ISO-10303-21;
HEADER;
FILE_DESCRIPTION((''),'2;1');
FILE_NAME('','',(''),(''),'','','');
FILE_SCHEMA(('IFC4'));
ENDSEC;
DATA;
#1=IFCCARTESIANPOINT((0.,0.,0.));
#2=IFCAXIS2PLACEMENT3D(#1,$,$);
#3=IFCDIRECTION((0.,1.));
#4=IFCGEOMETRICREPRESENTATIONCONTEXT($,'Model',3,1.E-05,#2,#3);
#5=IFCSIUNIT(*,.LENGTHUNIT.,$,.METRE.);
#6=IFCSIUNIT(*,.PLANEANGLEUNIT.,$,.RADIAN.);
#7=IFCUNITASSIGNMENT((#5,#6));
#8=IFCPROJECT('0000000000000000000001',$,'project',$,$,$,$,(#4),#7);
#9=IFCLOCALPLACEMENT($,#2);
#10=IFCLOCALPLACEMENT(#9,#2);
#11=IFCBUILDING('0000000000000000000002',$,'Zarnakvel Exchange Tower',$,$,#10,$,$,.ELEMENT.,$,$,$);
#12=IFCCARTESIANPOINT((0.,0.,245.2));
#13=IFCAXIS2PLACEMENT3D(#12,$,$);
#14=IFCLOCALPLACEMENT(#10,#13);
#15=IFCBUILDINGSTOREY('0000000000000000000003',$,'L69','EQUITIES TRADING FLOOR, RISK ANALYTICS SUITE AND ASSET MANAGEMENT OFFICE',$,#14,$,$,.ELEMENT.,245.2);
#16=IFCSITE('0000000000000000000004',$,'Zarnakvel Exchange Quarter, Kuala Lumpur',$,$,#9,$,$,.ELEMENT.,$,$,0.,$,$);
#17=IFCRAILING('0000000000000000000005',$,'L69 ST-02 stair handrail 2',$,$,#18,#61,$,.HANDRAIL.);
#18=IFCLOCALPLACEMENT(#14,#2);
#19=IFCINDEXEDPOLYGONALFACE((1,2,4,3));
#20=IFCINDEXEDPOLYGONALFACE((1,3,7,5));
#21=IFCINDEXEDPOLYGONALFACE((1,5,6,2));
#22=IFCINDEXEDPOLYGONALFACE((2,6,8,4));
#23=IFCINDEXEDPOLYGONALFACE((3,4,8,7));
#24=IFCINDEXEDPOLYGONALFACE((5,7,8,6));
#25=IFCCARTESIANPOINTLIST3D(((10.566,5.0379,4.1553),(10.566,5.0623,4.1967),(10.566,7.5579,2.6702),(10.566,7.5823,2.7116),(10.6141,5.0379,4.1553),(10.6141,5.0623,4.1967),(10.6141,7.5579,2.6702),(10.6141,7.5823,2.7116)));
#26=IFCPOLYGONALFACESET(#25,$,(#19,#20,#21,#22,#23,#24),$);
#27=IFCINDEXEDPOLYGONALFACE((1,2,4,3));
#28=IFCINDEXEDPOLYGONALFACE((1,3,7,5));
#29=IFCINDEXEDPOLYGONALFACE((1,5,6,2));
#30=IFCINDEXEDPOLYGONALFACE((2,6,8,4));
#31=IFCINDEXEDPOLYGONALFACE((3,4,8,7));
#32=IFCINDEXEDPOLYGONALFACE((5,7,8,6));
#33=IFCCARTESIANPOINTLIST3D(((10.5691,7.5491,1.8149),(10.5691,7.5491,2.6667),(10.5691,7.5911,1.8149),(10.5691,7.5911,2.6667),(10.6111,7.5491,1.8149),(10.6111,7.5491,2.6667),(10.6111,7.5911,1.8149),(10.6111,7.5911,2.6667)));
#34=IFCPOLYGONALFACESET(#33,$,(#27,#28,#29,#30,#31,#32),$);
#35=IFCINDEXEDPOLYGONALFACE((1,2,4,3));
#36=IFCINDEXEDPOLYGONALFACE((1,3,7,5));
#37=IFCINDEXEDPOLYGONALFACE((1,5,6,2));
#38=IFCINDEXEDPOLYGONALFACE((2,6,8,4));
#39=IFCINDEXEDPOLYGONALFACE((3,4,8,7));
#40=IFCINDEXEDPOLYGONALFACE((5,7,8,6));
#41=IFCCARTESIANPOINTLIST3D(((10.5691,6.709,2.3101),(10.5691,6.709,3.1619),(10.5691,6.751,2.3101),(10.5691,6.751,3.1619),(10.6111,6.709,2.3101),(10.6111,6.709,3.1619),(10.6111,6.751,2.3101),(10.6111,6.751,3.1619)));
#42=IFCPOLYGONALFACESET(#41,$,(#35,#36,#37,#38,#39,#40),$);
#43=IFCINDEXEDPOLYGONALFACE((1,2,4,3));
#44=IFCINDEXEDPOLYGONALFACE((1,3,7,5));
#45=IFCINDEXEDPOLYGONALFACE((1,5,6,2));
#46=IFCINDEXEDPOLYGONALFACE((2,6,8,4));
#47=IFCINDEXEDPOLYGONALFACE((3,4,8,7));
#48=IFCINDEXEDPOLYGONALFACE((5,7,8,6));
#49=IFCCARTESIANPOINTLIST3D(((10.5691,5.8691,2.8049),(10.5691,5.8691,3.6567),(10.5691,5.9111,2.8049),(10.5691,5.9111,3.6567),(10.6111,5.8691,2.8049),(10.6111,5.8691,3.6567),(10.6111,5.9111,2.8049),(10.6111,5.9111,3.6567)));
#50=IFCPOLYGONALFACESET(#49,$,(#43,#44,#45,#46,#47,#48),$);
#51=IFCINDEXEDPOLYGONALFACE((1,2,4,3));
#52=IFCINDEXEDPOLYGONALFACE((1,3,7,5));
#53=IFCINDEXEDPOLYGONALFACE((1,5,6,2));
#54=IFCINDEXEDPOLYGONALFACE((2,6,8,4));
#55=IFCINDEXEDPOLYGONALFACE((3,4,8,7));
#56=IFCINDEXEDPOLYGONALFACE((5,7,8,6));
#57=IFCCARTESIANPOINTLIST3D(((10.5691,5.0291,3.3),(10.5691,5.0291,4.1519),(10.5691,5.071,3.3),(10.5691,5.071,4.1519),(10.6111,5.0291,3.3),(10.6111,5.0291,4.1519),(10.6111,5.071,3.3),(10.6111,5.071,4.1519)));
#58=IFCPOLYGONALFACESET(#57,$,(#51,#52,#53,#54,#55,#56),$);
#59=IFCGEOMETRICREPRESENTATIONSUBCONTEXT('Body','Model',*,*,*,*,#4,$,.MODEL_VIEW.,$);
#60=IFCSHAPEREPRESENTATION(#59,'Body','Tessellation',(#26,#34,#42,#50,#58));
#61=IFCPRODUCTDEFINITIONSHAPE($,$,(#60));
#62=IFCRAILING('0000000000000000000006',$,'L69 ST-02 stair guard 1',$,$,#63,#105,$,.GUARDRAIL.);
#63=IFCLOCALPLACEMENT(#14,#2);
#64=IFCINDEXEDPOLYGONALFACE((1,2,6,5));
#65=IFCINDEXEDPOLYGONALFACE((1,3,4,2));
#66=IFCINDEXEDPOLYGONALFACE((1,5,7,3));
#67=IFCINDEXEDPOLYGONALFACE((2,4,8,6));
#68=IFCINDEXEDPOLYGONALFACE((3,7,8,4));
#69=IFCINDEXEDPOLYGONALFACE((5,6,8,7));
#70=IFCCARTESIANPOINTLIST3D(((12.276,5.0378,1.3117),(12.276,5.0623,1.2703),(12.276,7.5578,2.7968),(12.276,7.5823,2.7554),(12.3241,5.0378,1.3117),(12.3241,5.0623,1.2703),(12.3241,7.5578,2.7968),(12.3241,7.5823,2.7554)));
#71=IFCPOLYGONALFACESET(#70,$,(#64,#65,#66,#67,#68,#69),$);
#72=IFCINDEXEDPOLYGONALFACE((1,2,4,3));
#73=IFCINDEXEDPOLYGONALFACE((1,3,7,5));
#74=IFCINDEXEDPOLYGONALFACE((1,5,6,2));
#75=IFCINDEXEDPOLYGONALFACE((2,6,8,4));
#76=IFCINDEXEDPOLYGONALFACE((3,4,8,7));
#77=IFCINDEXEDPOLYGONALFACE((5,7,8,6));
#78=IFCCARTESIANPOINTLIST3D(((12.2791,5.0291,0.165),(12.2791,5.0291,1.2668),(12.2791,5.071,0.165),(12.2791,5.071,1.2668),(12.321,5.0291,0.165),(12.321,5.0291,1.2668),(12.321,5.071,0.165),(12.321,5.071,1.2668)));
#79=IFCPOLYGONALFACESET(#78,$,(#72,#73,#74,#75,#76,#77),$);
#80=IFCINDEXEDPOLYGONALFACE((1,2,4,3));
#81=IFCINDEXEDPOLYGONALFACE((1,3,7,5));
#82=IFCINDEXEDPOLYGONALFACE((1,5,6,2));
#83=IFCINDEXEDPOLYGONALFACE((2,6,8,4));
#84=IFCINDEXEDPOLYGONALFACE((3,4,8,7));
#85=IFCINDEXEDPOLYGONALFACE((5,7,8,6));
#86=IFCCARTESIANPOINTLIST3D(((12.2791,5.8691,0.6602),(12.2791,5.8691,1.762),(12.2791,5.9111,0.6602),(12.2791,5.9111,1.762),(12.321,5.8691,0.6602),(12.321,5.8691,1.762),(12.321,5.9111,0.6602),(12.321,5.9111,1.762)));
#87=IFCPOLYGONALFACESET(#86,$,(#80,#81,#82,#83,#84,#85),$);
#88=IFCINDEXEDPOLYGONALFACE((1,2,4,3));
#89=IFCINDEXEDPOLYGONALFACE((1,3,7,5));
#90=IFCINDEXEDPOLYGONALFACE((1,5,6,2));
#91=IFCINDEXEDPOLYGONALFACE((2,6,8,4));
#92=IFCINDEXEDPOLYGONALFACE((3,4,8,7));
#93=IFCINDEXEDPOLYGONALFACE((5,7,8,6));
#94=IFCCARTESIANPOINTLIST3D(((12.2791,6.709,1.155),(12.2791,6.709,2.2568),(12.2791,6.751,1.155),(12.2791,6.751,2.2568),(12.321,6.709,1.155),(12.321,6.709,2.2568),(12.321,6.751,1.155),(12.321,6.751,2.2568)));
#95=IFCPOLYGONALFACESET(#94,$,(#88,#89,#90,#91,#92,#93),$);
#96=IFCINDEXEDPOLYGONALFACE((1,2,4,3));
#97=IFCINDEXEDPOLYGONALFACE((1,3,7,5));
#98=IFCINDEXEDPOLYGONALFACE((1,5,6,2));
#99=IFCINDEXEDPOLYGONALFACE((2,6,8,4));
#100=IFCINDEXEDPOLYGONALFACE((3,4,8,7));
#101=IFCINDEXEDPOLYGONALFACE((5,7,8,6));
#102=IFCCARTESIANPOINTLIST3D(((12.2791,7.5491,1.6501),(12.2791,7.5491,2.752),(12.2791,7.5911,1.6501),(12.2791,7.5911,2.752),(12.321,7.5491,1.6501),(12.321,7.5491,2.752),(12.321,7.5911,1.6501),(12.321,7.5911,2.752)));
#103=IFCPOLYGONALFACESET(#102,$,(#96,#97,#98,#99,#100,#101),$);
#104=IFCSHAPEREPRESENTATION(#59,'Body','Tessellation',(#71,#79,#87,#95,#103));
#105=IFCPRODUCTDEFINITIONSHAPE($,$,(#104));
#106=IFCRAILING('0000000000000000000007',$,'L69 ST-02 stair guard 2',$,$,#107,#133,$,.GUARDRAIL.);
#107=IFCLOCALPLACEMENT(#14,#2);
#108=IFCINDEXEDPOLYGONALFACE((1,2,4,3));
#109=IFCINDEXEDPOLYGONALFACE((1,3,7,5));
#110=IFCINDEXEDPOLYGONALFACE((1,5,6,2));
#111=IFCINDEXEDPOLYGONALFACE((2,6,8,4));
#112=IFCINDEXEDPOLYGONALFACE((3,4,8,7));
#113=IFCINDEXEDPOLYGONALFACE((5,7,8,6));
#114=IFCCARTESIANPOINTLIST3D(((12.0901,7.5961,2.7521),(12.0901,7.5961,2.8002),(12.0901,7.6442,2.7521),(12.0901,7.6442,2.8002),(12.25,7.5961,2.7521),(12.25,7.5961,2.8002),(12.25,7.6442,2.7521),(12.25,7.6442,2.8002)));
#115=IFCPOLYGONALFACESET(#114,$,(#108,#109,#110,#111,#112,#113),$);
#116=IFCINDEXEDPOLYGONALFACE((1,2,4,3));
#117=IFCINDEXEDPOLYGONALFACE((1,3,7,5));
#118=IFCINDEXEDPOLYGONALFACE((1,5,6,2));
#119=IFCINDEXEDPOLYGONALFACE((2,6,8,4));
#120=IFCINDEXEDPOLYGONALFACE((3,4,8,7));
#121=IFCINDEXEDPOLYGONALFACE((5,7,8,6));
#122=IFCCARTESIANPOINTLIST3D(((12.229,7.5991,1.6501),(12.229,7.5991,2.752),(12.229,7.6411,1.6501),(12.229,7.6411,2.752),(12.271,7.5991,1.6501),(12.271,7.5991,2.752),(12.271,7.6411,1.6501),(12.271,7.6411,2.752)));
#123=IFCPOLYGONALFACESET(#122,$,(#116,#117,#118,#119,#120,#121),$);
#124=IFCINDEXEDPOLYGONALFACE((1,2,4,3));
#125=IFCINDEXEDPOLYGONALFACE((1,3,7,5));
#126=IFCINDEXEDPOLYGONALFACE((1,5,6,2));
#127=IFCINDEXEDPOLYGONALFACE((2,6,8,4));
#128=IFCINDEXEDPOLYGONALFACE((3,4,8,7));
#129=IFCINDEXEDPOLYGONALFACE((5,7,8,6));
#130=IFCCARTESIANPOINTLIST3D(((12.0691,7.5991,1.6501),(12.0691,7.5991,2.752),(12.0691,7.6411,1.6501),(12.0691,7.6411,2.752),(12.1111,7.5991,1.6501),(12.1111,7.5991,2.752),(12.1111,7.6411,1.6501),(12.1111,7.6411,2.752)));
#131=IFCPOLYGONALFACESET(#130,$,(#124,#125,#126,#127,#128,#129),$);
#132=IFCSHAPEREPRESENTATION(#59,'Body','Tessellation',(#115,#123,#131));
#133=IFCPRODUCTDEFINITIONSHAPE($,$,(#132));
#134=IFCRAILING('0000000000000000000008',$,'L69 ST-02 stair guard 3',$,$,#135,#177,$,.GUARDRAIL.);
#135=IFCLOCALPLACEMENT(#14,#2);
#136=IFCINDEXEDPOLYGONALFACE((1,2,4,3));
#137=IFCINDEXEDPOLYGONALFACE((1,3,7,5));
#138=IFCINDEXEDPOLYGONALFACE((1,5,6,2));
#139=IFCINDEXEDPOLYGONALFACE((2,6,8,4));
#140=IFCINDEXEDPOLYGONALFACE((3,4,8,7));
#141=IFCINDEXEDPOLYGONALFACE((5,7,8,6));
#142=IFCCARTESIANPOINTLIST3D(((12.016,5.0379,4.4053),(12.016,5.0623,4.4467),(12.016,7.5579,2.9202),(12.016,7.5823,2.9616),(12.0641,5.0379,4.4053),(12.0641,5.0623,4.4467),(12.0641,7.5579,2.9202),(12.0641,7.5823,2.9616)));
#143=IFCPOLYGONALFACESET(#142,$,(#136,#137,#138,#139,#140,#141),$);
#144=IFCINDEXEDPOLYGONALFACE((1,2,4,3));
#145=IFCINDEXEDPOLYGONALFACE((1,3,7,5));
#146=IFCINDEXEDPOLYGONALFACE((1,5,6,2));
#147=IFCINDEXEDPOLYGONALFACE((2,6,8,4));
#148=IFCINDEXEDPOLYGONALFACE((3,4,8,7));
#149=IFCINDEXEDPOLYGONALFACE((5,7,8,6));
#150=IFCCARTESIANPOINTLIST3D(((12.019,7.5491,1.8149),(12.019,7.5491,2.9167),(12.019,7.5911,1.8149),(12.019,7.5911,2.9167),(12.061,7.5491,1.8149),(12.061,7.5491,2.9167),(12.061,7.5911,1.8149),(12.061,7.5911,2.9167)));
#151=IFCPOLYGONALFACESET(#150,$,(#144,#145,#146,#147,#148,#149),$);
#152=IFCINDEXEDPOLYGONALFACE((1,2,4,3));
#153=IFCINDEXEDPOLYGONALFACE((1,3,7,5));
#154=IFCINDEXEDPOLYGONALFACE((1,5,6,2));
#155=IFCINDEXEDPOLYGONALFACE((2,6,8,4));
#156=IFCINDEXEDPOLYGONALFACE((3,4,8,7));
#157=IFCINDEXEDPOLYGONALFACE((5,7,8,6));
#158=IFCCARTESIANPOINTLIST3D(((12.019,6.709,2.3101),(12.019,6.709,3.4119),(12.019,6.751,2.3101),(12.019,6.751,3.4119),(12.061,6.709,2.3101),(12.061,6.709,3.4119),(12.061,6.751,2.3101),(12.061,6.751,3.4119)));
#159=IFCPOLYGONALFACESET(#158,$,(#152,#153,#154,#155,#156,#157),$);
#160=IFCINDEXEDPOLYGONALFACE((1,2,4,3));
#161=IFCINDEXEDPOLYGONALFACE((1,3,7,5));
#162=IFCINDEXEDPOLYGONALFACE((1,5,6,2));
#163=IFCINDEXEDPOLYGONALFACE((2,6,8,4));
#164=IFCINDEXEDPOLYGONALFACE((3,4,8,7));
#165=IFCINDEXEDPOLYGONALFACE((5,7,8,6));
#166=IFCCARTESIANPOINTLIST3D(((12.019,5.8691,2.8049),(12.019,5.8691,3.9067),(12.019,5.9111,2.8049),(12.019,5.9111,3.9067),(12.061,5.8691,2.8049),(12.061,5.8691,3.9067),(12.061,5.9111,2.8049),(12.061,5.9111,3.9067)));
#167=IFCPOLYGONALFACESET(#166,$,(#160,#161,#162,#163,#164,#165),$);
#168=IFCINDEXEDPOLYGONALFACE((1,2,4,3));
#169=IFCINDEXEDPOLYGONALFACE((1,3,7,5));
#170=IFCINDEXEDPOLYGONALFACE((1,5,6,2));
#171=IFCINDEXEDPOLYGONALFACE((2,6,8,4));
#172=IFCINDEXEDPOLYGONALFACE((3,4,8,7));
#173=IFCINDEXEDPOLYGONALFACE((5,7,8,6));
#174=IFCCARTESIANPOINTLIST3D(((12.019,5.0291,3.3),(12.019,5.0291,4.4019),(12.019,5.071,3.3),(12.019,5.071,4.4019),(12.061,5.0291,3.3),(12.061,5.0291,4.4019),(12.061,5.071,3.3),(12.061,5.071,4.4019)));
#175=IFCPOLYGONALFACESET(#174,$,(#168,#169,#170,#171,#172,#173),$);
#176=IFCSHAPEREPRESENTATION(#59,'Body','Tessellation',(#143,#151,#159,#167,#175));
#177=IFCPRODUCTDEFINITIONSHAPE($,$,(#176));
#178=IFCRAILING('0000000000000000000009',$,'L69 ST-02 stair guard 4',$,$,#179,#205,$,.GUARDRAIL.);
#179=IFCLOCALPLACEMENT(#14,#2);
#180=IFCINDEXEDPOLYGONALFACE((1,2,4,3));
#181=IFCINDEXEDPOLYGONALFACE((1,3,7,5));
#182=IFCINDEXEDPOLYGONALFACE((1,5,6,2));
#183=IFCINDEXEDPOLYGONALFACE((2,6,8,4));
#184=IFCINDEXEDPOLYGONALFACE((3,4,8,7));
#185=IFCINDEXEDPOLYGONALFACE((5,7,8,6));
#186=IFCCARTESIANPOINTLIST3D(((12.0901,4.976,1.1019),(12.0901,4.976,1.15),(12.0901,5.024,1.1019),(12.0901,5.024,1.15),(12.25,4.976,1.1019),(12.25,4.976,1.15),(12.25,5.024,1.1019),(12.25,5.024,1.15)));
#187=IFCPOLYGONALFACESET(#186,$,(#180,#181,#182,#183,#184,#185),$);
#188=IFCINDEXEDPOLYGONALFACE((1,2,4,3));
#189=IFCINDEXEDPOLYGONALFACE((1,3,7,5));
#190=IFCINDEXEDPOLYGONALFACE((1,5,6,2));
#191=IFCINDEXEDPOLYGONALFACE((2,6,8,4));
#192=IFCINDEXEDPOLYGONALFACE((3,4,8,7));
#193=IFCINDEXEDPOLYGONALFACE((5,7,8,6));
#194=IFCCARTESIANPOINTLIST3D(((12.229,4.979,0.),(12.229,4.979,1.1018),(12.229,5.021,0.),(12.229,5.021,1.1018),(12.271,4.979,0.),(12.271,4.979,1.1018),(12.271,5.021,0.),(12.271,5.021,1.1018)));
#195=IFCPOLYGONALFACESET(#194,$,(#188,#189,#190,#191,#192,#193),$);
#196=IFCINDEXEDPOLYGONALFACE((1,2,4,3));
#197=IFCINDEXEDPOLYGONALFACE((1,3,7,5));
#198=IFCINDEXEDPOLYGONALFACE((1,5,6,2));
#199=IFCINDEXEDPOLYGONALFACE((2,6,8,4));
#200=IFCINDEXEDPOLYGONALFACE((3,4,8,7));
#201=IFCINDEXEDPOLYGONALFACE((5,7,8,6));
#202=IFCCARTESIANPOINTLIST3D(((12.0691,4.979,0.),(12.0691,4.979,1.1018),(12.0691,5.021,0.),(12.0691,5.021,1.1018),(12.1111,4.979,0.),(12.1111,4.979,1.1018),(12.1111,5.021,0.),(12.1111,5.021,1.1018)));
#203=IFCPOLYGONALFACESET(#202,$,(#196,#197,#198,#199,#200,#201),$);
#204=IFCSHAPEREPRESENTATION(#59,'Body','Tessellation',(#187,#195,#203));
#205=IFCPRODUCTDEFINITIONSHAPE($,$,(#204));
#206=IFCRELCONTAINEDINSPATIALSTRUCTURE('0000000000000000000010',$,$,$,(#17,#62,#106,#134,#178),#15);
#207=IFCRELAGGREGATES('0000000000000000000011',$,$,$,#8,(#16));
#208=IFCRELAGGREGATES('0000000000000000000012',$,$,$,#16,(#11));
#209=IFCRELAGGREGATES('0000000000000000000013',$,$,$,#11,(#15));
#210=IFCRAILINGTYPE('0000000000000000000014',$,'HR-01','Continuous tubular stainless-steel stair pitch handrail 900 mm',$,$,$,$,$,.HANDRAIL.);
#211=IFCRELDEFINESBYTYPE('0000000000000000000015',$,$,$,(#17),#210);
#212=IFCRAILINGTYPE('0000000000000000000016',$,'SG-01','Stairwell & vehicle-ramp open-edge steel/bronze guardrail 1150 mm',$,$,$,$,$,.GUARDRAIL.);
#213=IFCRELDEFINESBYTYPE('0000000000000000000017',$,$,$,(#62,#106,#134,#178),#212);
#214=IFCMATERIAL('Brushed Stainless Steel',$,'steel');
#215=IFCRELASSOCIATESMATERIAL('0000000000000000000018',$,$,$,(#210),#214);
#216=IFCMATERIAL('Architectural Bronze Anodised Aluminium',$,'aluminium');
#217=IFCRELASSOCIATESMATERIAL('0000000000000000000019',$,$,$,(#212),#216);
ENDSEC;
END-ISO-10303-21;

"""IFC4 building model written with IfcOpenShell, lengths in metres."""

from ifc_helpers import new_model, si_unit, direction, frame, origin, origin_2d, place, context, subcontext, project, spatial, rectangle, extrude, material, type_object, element, save


model = new_model("IFC4")

# Units and contexts
model_context = context("Model", 3, precision=1e-05, world=origin(), true_north=direction((0.0, 1.0)))
body_context = subcontext(model_context, "Body", "Model", "MODEL_VIEW")
ifc_project = project(units=[si_unit("LENGTHUNIT", "METRE"), si_unit("PLANEANGLEUNIT", "RADIAN")], contexts=[model_context])

# Site, building, storey
site_placement = place(None, origin())
site = spatial("IfcSite", under=ifc_project, at=site_placement, Name="Zarnakvel Exchange Quarter, Kuala Lumpur", CompositionType="ELEMENT", RefElevation=0.0)
building_placement = place(site_placement, origin())
building = spatial("IfcBuilding", under=site, at=building_placement, Name="Zarnakvel Exchange Tower", CompositionType="ELEMENT")
storey_placement = place(building_placement, frame((0.0, 0.0, 245.2)))
storey = spatial("IfcBuildingStorey", under=building, at=storey_placement, Name="L69", Description="EQUITIES TRADING FLOOR, RISK ANALYTICS SUITE AND ASSET MANAGEMENT OFFICE", CompositionType="ELEMENT", Elevation=245.2)

# Shared definitions
ifc_material_1 = material(Name="Architectural Bronze Anodised Aluminium", Category="aluminium")

# Shared definitions
ifc_material_2 = material(Name="Brushed Stainless Steel", Category="steel")

# Railings
railing_type_1 = type_object("IfcRailingType", Name="HR-01", Description="Continuous tubular stainless-steel stair pitch handrail 900 mm", PredefinedType="HANDRAIL", material=ifc_material_2)
railing_1_placement = place(storey_placement, frame((10.5901, 7.5701, 1.8149)))
element("IfcRailing", 1, at=railing_1_placement, inside=storey, type_object=railing_type_1, Name="L69 ST-02 stair handrail 2", PredefinedType="HANDRAIL", context=body_context, shape_type="SweptSolid", body=[
    extrude(rectangle(XDim=0.0481, YDim=0.0481, at=origin_2d()), frame((0.0, 0.0, 0.876), z_axis=(0.0, -0.861524, 0.507717), x_axis=(1.0, 0.0, 0.0)), (0.0, 0.0, 1.0), 2.925),
    extrude(rectangle(XDim=0.042, YDim=0.042, at=origin_2d()), origin(), (0.0, 0.0, 1.0), 0.8518),
    extrude(rectangle(XDim=0.042, YDim=0.042, at=origin_2d()), frame((0.0, -0.8401, 0.4951)), (0.0, 0.0, 1.0), 0.8518),
    extrude(rectangle(XDim=0.042, YDim=0.042, at=origin_2d()), frame((0.0, -1.6799, 0.99)), (0.0, 0.0, 1.0), 0.8518),
    extrude(rectangle(XDim=0.042, YDim=0.042, at=origin_2d()), frame((0.0, -2.52, 1.4851)), (0.0, 0.0, 1.0), 0.8518),
])
railing_type_2 = type_object("IfcRailingType", Name="SG-01", Description="Stairwell & vehicle-ramp open-edge steel/bronze guardrail 1150 mm", PredefinedType="GUARDRAIL", material=ifc_material_1)
railing_2_placement = place(storey_placement, frame((12.3, 5.05, 0.165)))
element("IfcRailing", 2, at=railing_2_placement, inside=storey, type_object=railing_type_2, Name="L69 ST-02 stair guard 1", PredefinedType="GUARDRAIL", context=body_context, shape_type="SweptSolid", body=[
    extrude(rectangle(XDim=0.0481, YDim=0.0481, at=origin_2d()), frame((0.0, 0.0, 1.126), z_axis=(0.0, 0.861524, 0.507717), x_axis=(-1.0, 0.0, 0.0)), (0.0, 0.0, 1.0), 2.925),
    extrude(rectangle(XDim=0.042, YDim=0.042, at=origin_2d()), origin(), (0.0, 0.0, 1.0), 1.1018),
    extrude(rectangle(XDim=0.042, YDim=0.042, at=origin_2d()), frame((0.0, 0.8401, 0.4951)), (0.0, 0.0, 1.0), 1.1018),
    extrude(rectangle(XDim=0.042, YDim=0.042, at=origin_2d()), frame((0.0, 1.6799, 0.99)), (0.0, 0.0, 1.0), 1.1018),
    extrude(rectangle(XDim=0.042, YDim=0.042, at=origin_2d()), frame((0.0, 2.52, 1.4851)), (0.0, 0.0, 1.0), 1.1018),
])
railing_3_placement = place(storey_placement, frame((12.25, 7.6201, 1.6501)))
element("IfcRailing", 3, at=railing_3_placement, inside=storey, type_object=railing_type_2, Name="L69 ST-02 stair guard 2", PredefinedType="GUARDRAIL", context=body_context, shape_type="SweptSolid", body=[
    extrude(rectangle(XDim=0.0481, YDim=0.0481, at=origin_2d()), frame((0.0, 0.0, 1.126), z_axis=(-1.0, 0.0, 0.0), x_axis=(0.0, -1.0, 0.0)), (0.0, 0.0, 1.0), 0.1599),
    extrude(rectangle(XDim=0.042, YDim=0.042, at=origin_2d()), origin(), (0.0, 0.0, 1.0), 1.1018),
    extrude(rectangle(XDim=0.042, YDim=0.042, at=origin_2d()), frame((-0.1599, 0.0, 0.0)), (0.0, 0.0, 1.0), 1.1018),
])
railing_4_placement = place(storey_placement, frame((12.04, 7.5701, 1.8149)))
element("IfcRailing", 4, at=railing_4_placement, inside=storey, type_object=railing_type_2, Name="L69 ST-02 stair guard 3", PredefinedType="GUARDRAIL", context=body_context, shape_type="SweptSolid", body=[
    extrude(rectangle(XDim=0.0481, YDim=0.0481, at=origin_2d()), frame((0.0, 0.0, 1.126), z_axis=(0.0, -0.861524, 0.507717), x_axis=(1.0, 0.0, 0.0)), (0.0, 0.0, 1.0), 2.925),
    extrude(rectangle(XDim=0.042, YDim=0.042, at=origin_2d()), origin(), (0.0, 0.0, 1.0), 1.1018),
    extrude(rectangle(XDim=0.042, YDim=0.042, at=origin_2d()), frame((0.0, -0.8401, 0.4951)), (0.0, 0.0, 1.0), 1.1018),
    extrude(rectangle(XDim=0.042, YDim=0.042, at=origin_2d()), frame((0.0, -1.6799, 0.99)), (0.0, 0.0, 1.0), 1.1018),
    extrude(rectangle(XDim=0.042, YDim=0.042, at=origin_2d()), frame((0.0, -2.52, 1.4851)), (0.0, 0.0, 1.0), 1.1018),
])
railing_5_placement = place(storey_placement, frame((12.25, 5.0, 0.0)))
element("IfcRailing", 5, at=railing_5_placement, inside=storey, type_object=railing_type_2, Name="L69 ST-02 stair guard 4", PredefinedType="GUARDRAIL", context=body_context, shape_type="SweptSolid", body=[
    extrude(rectangle(XDim=0.0481, YDim=0.0481, at=origin_2d()), frame((0.0, 0.0, 1.126), z_axis=(-1.0, 0.0, 0.0), x_axis=(0.0, -1.0, 0.0)), (0.0, 0.0, 1.0), 0.1599),
    extrude(rectangle(XDim=0.042, YDim=0.042, at=origin_2d()), origin(), (0.0, 0.0, 1.0), 1.1018),
    extrude(rectangle(XDim=0.042, YDim=0.042, at=origin_2d()), frame((-0.1599, 0.0, 0.0)), (0.0, 0.0, 1.0), 1.1018),
])

save(model, "model.ifc")
